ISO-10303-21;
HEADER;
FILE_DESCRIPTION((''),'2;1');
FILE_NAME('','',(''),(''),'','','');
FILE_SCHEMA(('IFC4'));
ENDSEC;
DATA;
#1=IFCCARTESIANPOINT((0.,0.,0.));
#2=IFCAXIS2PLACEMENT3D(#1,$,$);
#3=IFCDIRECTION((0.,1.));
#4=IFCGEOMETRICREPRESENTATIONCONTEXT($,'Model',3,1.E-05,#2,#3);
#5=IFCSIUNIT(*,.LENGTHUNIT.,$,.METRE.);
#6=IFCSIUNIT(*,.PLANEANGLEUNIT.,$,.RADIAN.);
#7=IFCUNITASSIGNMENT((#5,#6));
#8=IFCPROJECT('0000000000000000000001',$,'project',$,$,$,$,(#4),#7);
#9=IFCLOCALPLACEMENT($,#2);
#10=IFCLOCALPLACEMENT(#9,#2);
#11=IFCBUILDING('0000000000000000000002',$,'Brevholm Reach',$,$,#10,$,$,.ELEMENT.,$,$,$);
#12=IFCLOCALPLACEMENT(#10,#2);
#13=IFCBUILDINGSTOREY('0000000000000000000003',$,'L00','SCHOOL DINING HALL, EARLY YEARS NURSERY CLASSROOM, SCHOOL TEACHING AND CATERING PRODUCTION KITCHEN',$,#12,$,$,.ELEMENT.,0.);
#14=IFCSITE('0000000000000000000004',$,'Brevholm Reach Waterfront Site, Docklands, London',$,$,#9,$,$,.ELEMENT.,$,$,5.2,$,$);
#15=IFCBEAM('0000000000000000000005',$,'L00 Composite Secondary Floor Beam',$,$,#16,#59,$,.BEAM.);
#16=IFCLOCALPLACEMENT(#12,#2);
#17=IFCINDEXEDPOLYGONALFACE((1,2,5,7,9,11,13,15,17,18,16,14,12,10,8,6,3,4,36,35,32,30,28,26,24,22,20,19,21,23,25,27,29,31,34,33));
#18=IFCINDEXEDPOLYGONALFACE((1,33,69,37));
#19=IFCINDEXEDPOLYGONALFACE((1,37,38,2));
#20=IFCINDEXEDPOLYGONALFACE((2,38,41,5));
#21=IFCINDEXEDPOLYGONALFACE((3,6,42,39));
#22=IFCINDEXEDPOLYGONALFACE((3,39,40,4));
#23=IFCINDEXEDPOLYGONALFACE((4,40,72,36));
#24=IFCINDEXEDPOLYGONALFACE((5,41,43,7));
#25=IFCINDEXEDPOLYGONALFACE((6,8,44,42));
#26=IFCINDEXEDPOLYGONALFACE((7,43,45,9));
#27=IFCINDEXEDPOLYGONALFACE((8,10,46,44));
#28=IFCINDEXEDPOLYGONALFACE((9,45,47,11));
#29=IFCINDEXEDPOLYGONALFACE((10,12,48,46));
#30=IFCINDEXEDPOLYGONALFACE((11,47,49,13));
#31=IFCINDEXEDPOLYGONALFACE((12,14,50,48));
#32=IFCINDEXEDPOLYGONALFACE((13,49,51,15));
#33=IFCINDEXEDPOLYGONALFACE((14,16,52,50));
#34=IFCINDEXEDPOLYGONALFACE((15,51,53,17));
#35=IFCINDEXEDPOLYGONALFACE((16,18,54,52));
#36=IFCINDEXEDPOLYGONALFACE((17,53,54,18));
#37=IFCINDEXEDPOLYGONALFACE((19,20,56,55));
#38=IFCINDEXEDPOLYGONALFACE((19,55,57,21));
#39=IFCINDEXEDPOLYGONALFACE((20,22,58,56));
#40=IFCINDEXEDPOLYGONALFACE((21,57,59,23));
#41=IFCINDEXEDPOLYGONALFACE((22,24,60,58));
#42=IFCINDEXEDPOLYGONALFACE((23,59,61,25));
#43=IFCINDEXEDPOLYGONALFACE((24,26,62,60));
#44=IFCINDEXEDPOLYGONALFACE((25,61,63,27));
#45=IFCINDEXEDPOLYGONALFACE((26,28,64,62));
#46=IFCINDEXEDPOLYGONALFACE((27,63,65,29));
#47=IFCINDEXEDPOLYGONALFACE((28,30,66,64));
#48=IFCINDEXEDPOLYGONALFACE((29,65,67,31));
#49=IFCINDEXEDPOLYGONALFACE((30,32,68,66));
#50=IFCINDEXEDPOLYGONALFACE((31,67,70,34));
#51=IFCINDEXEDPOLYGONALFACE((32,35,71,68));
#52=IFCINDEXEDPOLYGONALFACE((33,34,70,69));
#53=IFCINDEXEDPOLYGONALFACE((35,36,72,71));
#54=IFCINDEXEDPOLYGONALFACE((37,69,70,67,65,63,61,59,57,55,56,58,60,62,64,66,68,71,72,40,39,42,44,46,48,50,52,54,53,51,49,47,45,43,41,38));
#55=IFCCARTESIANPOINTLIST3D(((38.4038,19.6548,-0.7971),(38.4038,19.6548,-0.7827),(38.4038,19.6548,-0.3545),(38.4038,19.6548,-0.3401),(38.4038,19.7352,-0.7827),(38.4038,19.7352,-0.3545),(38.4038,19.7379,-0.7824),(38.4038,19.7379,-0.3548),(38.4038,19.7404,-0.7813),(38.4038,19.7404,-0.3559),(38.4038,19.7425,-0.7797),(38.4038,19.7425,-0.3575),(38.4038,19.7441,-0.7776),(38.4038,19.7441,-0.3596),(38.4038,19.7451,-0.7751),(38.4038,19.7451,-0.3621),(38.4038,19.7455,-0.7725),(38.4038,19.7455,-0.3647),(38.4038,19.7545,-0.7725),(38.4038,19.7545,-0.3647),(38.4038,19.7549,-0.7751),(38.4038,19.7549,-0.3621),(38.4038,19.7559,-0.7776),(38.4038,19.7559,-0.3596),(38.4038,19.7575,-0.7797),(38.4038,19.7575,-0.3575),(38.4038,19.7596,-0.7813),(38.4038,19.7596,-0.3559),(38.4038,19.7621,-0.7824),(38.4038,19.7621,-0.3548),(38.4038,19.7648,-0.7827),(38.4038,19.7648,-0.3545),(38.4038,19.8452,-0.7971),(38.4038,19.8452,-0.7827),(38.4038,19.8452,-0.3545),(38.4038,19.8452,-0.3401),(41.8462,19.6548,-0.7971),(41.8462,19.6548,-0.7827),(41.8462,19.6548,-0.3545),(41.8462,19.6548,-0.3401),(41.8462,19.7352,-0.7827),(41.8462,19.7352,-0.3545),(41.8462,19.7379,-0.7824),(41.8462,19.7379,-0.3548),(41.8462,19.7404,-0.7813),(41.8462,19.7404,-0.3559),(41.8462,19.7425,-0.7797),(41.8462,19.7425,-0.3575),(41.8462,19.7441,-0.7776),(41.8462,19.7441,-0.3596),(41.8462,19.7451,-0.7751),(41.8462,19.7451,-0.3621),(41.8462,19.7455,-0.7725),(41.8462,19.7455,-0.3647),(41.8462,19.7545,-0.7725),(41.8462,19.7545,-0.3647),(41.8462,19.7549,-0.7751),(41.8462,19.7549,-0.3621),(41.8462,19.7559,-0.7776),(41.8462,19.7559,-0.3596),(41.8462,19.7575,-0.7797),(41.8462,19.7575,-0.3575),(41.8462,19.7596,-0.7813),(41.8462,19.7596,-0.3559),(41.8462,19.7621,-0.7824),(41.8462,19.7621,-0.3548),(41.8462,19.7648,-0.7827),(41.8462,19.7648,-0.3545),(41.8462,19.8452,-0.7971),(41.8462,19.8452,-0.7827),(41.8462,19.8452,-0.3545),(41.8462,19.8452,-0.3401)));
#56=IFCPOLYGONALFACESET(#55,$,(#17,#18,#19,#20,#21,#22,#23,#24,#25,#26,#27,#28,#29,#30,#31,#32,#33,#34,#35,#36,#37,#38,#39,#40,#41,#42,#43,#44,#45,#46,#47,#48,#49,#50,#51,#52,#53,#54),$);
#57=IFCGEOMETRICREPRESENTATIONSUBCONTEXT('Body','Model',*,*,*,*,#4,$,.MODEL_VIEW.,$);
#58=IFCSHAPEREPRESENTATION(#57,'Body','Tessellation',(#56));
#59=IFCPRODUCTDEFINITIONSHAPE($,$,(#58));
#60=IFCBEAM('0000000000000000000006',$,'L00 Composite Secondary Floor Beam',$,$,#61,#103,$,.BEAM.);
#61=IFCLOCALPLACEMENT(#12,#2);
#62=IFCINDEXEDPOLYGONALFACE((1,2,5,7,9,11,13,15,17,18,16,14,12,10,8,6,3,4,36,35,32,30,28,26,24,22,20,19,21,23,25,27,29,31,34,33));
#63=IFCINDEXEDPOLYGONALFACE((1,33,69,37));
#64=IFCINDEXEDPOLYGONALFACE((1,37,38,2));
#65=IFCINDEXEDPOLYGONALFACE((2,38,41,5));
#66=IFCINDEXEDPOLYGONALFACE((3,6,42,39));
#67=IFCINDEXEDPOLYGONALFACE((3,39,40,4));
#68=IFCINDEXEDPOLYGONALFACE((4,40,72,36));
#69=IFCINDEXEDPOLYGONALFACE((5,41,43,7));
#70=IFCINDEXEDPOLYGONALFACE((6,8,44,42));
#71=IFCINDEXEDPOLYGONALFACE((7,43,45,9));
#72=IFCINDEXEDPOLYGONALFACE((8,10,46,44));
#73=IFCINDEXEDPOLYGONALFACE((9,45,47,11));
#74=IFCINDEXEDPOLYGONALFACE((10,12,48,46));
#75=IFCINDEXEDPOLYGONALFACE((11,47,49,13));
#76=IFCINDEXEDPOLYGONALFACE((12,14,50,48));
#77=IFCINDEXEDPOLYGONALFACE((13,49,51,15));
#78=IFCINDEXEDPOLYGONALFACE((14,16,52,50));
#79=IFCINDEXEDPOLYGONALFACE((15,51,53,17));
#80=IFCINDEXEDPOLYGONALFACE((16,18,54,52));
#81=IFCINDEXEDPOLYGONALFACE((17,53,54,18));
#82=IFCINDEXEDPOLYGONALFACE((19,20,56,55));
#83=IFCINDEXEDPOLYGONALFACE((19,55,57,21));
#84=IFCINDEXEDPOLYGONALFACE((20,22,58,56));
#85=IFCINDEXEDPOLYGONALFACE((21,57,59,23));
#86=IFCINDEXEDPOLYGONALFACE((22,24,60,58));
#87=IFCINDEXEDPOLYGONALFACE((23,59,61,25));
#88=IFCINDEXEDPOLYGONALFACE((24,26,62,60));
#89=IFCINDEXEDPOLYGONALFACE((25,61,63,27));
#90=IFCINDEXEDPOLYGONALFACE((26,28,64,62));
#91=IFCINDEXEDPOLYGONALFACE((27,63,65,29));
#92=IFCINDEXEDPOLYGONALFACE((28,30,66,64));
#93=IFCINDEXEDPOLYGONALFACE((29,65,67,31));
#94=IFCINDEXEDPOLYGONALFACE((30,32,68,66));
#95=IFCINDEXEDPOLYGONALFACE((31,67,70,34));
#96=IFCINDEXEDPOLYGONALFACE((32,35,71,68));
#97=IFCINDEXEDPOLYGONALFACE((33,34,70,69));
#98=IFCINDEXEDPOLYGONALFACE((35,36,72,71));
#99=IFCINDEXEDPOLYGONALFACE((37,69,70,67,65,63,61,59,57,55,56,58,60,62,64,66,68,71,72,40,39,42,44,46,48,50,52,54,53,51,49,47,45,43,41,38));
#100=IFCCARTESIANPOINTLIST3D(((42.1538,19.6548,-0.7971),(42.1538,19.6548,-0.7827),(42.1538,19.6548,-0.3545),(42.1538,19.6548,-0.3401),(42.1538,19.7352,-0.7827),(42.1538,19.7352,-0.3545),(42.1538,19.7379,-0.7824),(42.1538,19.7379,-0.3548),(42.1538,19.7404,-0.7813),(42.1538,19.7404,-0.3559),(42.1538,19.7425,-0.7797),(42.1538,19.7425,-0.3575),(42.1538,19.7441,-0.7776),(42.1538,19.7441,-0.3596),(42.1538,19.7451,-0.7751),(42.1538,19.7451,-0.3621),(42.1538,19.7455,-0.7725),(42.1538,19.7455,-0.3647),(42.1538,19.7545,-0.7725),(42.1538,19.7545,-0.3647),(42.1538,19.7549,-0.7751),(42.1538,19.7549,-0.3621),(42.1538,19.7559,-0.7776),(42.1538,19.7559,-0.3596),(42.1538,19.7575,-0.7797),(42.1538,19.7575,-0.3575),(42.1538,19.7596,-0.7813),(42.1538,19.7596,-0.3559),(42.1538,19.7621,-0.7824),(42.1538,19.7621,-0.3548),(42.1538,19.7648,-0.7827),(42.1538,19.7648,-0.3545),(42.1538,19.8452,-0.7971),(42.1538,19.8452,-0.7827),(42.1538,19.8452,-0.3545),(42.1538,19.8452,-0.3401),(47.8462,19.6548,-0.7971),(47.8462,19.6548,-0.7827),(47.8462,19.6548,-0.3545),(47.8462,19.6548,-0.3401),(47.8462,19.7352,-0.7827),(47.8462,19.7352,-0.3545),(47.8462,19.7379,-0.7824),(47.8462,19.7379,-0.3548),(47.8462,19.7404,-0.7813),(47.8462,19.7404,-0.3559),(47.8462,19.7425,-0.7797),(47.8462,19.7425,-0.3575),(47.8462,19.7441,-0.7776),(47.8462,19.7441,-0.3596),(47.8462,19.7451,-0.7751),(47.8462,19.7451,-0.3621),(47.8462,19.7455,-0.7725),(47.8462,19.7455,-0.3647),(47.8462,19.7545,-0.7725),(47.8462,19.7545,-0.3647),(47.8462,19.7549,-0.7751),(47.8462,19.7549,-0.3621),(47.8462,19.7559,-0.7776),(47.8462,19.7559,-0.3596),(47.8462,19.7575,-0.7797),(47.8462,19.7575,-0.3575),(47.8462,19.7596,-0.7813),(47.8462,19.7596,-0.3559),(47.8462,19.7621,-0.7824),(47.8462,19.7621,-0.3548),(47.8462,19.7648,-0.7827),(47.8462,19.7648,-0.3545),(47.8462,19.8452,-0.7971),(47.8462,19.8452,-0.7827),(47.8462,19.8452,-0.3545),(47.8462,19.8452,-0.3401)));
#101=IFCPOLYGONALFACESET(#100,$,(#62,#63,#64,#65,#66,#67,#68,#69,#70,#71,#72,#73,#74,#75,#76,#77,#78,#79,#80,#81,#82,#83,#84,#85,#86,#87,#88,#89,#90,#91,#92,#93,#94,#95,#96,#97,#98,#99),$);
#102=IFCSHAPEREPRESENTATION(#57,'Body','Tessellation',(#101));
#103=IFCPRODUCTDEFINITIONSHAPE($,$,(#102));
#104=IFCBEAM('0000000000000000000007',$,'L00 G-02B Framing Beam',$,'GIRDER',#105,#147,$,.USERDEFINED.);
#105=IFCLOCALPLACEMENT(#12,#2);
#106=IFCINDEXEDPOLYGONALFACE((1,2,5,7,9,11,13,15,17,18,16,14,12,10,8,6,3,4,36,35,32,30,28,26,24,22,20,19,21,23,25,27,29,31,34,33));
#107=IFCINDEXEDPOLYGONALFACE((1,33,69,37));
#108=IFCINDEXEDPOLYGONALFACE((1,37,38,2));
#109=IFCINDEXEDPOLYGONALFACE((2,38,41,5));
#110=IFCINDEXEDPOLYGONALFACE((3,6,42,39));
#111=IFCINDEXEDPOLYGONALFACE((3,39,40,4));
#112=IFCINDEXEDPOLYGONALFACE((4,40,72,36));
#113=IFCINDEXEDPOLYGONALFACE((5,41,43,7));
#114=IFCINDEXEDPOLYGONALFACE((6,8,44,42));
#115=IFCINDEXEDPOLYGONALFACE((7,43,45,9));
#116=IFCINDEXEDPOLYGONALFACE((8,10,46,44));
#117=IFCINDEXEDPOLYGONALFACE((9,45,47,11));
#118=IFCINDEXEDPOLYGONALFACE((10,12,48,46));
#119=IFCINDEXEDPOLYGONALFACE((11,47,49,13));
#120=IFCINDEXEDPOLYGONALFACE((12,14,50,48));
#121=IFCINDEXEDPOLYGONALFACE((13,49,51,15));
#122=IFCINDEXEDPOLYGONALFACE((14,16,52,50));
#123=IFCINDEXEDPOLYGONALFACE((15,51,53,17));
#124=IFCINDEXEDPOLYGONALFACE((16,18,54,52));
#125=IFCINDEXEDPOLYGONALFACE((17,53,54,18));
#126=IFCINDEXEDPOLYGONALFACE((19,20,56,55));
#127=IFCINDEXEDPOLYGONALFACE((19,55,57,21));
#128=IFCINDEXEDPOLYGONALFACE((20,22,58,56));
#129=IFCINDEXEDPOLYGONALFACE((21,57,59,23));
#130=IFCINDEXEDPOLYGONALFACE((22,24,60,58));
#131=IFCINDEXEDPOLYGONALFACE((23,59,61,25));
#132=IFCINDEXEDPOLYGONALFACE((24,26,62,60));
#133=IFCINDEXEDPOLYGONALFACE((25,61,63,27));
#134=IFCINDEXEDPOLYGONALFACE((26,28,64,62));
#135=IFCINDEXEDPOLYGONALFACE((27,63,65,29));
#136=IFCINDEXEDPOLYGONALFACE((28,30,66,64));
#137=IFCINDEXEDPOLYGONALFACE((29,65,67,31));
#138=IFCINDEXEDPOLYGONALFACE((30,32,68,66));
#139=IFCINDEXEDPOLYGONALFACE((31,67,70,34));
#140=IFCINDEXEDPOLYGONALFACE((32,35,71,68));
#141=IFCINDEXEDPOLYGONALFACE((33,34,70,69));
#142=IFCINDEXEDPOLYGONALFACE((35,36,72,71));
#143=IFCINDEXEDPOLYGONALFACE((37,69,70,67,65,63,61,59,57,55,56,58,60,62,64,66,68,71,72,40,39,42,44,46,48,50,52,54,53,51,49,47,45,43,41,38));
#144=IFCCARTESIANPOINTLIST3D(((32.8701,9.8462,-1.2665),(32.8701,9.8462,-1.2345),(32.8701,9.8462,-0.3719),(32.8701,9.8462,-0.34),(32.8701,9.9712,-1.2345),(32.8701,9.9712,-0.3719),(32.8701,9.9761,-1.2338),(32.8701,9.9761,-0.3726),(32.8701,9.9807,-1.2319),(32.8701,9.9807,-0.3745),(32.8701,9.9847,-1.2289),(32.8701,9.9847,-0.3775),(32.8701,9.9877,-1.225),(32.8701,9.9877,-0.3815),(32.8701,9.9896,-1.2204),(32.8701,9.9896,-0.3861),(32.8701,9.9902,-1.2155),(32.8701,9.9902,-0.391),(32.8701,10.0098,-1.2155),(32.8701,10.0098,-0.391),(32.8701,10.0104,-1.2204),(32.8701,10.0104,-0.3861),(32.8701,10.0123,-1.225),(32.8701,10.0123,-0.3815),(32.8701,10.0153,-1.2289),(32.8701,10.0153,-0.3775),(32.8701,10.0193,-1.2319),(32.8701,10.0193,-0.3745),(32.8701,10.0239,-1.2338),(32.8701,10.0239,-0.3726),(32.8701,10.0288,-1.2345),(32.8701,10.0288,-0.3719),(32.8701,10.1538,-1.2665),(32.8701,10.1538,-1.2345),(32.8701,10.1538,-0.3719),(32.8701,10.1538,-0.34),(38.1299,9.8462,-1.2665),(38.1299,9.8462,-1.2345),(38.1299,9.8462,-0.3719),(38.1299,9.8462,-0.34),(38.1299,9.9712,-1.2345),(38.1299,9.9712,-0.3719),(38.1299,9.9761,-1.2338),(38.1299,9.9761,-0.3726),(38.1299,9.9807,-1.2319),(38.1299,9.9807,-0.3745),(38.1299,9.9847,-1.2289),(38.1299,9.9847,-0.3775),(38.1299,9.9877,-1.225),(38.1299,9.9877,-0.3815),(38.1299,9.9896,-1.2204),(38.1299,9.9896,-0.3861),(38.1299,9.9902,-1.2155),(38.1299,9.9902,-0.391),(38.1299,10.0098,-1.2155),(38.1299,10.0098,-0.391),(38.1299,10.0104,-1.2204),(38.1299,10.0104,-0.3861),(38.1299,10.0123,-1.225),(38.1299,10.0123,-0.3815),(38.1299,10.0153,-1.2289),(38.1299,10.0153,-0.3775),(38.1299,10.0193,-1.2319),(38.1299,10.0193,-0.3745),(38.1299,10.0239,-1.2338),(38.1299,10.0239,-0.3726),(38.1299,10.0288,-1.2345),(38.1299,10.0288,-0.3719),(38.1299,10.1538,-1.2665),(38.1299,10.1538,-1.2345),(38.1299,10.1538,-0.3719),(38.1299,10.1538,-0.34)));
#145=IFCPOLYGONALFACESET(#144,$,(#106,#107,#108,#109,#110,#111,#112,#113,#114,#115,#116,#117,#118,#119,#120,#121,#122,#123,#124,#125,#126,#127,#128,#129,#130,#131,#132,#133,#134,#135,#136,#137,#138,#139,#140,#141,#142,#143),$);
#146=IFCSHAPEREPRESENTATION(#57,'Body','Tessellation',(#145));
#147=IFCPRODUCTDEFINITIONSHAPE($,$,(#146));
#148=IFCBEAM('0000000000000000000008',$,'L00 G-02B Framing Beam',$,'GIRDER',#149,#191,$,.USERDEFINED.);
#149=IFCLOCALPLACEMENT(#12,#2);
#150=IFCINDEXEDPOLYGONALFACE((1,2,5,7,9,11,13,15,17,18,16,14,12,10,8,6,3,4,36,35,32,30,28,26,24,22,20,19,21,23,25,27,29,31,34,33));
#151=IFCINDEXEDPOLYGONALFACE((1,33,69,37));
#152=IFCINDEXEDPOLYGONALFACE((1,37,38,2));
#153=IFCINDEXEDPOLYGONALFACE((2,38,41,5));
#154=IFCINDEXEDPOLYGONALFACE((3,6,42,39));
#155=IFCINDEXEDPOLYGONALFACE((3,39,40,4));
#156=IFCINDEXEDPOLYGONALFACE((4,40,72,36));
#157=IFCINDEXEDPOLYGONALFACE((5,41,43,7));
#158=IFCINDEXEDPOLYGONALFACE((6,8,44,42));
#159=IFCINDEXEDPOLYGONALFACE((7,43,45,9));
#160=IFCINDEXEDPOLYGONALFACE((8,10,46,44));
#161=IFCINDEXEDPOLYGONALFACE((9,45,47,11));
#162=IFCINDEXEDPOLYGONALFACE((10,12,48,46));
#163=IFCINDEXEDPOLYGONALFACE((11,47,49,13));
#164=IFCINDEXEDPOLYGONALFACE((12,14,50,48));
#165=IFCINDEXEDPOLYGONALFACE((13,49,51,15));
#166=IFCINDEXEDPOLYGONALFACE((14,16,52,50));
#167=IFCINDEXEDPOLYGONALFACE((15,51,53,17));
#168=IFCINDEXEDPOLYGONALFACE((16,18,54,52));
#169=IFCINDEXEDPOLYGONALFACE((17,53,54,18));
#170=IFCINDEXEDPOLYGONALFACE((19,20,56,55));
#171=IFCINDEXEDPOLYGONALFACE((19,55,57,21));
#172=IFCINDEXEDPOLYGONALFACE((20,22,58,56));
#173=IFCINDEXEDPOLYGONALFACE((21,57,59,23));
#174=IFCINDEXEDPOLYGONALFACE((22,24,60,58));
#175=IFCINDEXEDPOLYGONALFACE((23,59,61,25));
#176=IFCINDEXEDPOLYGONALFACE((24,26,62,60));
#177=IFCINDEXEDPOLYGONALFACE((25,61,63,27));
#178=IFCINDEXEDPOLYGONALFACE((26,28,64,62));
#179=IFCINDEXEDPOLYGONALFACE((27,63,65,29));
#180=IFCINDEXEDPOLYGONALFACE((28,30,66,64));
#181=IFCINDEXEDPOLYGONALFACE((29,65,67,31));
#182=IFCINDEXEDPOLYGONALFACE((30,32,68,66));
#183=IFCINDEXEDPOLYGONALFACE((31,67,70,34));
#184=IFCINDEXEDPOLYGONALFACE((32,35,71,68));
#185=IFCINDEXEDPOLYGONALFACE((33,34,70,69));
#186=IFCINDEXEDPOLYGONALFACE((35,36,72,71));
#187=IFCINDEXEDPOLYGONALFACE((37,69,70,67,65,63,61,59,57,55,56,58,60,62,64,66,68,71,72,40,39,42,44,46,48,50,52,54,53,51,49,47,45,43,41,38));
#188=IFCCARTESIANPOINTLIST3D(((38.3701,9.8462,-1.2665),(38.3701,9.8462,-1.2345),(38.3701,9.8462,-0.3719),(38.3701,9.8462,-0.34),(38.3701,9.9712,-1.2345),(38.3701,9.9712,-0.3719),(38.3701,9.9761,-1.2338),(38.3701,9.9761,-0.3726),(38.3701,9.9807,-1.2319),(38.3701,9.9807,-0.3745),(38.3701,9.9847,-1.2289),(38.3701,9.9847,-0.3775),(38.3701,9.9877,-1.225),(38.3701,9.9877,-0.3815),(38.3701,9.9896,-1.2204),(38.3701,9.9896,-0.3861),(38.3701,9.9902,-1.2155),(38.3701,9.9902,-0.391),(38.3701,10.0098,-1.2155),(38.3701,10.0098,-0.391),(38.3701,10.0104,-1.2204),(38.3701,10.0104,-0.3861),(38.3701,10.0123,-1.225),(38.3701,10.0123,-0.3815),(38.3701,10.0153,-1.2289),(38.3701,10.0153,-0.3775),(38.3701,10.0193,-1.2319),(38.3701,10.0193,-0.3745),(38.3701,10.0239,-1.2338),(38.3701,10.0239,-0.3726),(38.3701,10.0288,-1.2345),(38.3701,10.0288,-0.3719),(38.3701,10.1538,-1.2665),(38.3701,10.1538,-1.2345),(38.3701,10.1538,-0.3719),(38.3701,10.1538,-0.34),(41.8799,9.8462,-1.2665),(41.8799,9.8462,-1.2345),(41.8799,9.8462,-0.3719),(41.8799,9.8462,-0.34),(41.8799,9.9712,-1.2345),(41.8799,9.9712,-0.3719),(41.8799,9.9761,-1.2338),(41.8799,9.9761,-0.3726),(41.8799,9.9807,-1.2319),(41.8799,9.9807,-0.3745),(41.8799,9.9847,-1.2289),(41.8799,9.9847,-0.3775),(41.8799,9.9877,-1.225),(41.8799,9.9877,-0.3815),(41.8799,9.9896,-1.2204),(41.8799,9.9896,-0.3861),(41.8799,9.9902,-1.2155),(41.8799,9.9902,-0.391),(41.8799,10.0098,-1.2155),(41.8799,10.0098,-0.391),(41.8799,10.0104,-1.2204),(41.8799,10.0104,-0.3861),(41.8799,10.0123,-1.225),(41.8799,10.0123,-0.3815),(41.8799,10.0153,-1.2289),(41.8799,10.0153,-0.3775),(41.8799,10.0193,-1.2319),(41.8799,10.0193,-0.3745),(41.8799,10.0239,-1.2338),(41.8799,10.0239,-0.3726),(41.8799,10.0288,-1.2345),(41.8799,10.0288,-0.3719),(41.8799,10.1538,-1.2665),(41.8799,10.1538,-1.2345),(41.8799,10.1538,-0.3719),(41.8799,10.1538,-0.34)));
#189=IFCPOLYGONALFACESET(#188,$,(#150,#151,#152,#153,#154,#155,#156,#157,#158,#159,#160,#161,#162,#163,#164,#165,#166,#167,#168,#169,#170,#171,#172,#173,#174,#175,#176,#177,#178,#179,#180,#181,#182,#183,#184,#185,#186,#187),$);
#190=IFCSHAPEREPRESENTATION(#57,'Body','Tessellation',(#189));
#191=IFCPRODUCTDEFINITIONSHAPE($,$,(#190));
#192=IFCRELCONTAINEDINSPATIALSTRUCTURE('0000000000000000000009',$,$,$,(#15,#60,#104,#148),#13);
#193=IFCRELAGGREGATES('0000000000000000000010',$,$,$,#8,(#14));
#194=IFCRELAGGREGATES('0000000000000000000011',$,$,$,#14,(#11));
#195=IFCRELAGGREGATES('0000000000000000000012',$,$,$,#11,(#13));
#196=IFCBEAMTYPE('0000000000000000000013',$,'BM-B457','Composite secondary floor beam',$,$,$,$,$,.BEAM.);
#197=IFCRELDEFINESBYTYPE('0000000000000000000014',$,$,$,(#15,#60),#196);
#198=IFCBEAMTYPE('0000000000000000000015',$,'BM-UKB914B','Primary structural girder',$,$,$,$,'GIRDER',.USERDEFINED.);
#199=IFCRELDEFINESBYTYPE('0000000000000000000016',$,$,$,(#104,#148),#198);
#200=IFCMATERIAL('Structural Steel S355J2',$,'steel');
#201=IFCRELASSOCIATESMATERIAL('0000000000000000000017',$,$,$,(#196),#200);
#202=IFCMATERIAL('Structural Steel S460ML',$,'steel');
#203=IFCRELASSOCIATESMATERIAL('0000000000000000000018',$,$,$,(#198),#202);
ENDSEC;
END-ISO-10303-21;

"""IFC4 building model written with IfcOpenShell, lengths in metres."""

from ifc_helpers import new_model, si_unit, direction, frame, origin, origin_2d, place, context, subcontext, project, spatial, i_section, extrude, material, material_profile, profile_set, type_object, element, save


model = new_model("IFC4")

# Units and contexts
model_context = context("Model", 3, precision=1e-05, world=origin(), true_north=direction((0.0, 1.0)))
body_context = subcontext(model_context, "Body", "Model", "MODEL_VIEW")
ifc_project = project(units=[si_unit("LENGTHUNIT", "METRE"), si_unit("PLANEANGLEUNIT", "RADIAN")], contexts=[model_context])

# Site, building, storey
site_placement = place(None, origin())
site = spatial("IfcSite", under=ifc_project, at=site_placement, Name="Brevholm Reach Waterfront Site, Docklands, London", CompositionType="ELEMENT", RefElevation=5.2)
building_placement = place(site_placement, origin())
building = spatial("IfcBuilding", under=site, at=building_placement, Name="Brevholm Reach", CompositionType="ELEMENT")
storey_placement = place(building_placement, origin())
storey = spatial("IfcBuildingStorey", under=building, at=storey_placement, Name="L00", Description="SCHOOL DINING HALL, EARLY YEARS NURSERY CLASSROOM, SCHOOL TEACHING AND CATERING PRODUCTION KITCHEN", CompositionType="ELEMENT", Elevation=0.0)

# Beams
ifc_material_1 = material(Name="Structural Steel S355J2", Category="steel")
ifc_material_profile_1 = material_profile(ifc_material_1, i_section(OverallWidth=0.1904, OverallDepth=0.457, WebThickness=0.009, FlangeThickness=0.0144, FilletRadius=0.0103, at=origin_2d()), Name="UKB 457x191x74")
ifc_profile_set_1 = profile_set([ifc_material_profile_1], Name="Structural Steel S355J2")
beam_type_1 = type_object("IfcBeamType", Name="BM-B457", Description="Composite secondary floor beam", PredefinedType="BEAM", material=ifc_profile_set_1)
beam_1_placement = place(storey_placement, frame((38.4038, 19.75, -0.5686), z_axis=(1.0, 0.0, 0.0), x_axis=(0.0, 1.0, 0.0)))
element("IfcBeam", 1, at=beam_1_placement, inside=storey, type_object=beam_type_1, Name="L00 Composite Secondary Floor Beam", PredefinedType="BEAM", context=body_context, shape_type="SweptSolid", body=[
    extrude(i_section(OverallWidth=0.1904, OverallDepth=0.457, WebThickness=0.009, FlangeThickness=0.0144, FilletRadius=0.0103, at=origin_2d()), origin(), (0.0, 0.0, 1.0), 3.4424),
])
beam_2_placement = place(storey_placement, frame((42.1538, 19.75, -0.5686), z_axis=(1.0, 0.0, 0.0), x_axis=(0.0, 1.0, 0.0)))
element("IfcBeam", 2, at=beam_2_placement, inside=storey, type_object=beam_type_1, Name="L00 Composite Secondary Floor Beam", PredefinedType="BEAM", context=body_context, shape_type="SweptSolid", body=[
    extrude(i_section(OverallWidth=0.1904, OverallDepth=0.457, WebThickness=0.009, FlangeThickness=0.0144, FilletRadius=0.0103, at=origin_2d()), origin(), (0.0, 0.0, 1.0), 5.6924),
])
ifc_material_2 = material(Name="Structural Steel S460ML", Category="steel")
ifc_material_profile_2 = material_profile(ifc_material_2, i_section(OverallWidth=0.3076, OverallDepth=0.9265, WebThickness=0.0195, FlangeThickness=0.032, FilletRadius=0.019, at=origin_2d()), Name="UKB 914x305x289")
ifc_profile_set_2 = profile_set([ifc_material_profile_2], Name="Structural Steel S460ML")
beam_type_2 = type_object("IfcBeamType", Name="BM-UKB914B", Description="Primary structural girder", ElementType="GIRDER", PredefinedType="USERDEFINED", material=ifc_profile_set_2)
beam_3_placement = place(storey_placement, frame((32.8701, 10.0, -0.8032), z_axis=(1.0, 0.0, 0.0), x_axis=(0.0, 1.0, 0.0)))
element("IfcBeam", 3, at=beam_3_placement, inside=storey, type_object=beam_type_2, Name="L00 G-02B Framing Beam", ObjectType="GIRDER", PredefinedType="USERDEFINED", context=body_context, shape_type="SweptSolid", body=[
    extrude(i_section(OverallWidth=0.3076, OverallDepth=0.9265, WebThickness=0.0195, FlangeThickness=0.032, FilletRadius=0.019, at=origin_2d()), origin(), (0.0, 0.0, 1.0), 5.2598),
])
beam_4_placement = place(storey_placement, frame((38.3701, 10.0, -0.8032), z_axis=(1.0, 0.0, 0.0), x_axis=(0.0, 1.0, 0.0)))
element("IfcBeam", 4, at=beam_4_placement, inside=storey, type_object=beam_type_2, Name="L00 G-02B Framing Beam", ObjectType="GIRDER", PredefinedType="USERDEFINED", context=body_context, shape_type="SweptSolid", body=[
    extrude(i_section(OverallWidth=0.3076, OverallDepth=0.9265, WebThickness=0.0195, FlangeThickness=0.032, FilletRadius=0.019, at=origin_2d()), origin(), (0.0, 0.0, 1.0), 3.5098),
])

save(model, "model.ifc")
